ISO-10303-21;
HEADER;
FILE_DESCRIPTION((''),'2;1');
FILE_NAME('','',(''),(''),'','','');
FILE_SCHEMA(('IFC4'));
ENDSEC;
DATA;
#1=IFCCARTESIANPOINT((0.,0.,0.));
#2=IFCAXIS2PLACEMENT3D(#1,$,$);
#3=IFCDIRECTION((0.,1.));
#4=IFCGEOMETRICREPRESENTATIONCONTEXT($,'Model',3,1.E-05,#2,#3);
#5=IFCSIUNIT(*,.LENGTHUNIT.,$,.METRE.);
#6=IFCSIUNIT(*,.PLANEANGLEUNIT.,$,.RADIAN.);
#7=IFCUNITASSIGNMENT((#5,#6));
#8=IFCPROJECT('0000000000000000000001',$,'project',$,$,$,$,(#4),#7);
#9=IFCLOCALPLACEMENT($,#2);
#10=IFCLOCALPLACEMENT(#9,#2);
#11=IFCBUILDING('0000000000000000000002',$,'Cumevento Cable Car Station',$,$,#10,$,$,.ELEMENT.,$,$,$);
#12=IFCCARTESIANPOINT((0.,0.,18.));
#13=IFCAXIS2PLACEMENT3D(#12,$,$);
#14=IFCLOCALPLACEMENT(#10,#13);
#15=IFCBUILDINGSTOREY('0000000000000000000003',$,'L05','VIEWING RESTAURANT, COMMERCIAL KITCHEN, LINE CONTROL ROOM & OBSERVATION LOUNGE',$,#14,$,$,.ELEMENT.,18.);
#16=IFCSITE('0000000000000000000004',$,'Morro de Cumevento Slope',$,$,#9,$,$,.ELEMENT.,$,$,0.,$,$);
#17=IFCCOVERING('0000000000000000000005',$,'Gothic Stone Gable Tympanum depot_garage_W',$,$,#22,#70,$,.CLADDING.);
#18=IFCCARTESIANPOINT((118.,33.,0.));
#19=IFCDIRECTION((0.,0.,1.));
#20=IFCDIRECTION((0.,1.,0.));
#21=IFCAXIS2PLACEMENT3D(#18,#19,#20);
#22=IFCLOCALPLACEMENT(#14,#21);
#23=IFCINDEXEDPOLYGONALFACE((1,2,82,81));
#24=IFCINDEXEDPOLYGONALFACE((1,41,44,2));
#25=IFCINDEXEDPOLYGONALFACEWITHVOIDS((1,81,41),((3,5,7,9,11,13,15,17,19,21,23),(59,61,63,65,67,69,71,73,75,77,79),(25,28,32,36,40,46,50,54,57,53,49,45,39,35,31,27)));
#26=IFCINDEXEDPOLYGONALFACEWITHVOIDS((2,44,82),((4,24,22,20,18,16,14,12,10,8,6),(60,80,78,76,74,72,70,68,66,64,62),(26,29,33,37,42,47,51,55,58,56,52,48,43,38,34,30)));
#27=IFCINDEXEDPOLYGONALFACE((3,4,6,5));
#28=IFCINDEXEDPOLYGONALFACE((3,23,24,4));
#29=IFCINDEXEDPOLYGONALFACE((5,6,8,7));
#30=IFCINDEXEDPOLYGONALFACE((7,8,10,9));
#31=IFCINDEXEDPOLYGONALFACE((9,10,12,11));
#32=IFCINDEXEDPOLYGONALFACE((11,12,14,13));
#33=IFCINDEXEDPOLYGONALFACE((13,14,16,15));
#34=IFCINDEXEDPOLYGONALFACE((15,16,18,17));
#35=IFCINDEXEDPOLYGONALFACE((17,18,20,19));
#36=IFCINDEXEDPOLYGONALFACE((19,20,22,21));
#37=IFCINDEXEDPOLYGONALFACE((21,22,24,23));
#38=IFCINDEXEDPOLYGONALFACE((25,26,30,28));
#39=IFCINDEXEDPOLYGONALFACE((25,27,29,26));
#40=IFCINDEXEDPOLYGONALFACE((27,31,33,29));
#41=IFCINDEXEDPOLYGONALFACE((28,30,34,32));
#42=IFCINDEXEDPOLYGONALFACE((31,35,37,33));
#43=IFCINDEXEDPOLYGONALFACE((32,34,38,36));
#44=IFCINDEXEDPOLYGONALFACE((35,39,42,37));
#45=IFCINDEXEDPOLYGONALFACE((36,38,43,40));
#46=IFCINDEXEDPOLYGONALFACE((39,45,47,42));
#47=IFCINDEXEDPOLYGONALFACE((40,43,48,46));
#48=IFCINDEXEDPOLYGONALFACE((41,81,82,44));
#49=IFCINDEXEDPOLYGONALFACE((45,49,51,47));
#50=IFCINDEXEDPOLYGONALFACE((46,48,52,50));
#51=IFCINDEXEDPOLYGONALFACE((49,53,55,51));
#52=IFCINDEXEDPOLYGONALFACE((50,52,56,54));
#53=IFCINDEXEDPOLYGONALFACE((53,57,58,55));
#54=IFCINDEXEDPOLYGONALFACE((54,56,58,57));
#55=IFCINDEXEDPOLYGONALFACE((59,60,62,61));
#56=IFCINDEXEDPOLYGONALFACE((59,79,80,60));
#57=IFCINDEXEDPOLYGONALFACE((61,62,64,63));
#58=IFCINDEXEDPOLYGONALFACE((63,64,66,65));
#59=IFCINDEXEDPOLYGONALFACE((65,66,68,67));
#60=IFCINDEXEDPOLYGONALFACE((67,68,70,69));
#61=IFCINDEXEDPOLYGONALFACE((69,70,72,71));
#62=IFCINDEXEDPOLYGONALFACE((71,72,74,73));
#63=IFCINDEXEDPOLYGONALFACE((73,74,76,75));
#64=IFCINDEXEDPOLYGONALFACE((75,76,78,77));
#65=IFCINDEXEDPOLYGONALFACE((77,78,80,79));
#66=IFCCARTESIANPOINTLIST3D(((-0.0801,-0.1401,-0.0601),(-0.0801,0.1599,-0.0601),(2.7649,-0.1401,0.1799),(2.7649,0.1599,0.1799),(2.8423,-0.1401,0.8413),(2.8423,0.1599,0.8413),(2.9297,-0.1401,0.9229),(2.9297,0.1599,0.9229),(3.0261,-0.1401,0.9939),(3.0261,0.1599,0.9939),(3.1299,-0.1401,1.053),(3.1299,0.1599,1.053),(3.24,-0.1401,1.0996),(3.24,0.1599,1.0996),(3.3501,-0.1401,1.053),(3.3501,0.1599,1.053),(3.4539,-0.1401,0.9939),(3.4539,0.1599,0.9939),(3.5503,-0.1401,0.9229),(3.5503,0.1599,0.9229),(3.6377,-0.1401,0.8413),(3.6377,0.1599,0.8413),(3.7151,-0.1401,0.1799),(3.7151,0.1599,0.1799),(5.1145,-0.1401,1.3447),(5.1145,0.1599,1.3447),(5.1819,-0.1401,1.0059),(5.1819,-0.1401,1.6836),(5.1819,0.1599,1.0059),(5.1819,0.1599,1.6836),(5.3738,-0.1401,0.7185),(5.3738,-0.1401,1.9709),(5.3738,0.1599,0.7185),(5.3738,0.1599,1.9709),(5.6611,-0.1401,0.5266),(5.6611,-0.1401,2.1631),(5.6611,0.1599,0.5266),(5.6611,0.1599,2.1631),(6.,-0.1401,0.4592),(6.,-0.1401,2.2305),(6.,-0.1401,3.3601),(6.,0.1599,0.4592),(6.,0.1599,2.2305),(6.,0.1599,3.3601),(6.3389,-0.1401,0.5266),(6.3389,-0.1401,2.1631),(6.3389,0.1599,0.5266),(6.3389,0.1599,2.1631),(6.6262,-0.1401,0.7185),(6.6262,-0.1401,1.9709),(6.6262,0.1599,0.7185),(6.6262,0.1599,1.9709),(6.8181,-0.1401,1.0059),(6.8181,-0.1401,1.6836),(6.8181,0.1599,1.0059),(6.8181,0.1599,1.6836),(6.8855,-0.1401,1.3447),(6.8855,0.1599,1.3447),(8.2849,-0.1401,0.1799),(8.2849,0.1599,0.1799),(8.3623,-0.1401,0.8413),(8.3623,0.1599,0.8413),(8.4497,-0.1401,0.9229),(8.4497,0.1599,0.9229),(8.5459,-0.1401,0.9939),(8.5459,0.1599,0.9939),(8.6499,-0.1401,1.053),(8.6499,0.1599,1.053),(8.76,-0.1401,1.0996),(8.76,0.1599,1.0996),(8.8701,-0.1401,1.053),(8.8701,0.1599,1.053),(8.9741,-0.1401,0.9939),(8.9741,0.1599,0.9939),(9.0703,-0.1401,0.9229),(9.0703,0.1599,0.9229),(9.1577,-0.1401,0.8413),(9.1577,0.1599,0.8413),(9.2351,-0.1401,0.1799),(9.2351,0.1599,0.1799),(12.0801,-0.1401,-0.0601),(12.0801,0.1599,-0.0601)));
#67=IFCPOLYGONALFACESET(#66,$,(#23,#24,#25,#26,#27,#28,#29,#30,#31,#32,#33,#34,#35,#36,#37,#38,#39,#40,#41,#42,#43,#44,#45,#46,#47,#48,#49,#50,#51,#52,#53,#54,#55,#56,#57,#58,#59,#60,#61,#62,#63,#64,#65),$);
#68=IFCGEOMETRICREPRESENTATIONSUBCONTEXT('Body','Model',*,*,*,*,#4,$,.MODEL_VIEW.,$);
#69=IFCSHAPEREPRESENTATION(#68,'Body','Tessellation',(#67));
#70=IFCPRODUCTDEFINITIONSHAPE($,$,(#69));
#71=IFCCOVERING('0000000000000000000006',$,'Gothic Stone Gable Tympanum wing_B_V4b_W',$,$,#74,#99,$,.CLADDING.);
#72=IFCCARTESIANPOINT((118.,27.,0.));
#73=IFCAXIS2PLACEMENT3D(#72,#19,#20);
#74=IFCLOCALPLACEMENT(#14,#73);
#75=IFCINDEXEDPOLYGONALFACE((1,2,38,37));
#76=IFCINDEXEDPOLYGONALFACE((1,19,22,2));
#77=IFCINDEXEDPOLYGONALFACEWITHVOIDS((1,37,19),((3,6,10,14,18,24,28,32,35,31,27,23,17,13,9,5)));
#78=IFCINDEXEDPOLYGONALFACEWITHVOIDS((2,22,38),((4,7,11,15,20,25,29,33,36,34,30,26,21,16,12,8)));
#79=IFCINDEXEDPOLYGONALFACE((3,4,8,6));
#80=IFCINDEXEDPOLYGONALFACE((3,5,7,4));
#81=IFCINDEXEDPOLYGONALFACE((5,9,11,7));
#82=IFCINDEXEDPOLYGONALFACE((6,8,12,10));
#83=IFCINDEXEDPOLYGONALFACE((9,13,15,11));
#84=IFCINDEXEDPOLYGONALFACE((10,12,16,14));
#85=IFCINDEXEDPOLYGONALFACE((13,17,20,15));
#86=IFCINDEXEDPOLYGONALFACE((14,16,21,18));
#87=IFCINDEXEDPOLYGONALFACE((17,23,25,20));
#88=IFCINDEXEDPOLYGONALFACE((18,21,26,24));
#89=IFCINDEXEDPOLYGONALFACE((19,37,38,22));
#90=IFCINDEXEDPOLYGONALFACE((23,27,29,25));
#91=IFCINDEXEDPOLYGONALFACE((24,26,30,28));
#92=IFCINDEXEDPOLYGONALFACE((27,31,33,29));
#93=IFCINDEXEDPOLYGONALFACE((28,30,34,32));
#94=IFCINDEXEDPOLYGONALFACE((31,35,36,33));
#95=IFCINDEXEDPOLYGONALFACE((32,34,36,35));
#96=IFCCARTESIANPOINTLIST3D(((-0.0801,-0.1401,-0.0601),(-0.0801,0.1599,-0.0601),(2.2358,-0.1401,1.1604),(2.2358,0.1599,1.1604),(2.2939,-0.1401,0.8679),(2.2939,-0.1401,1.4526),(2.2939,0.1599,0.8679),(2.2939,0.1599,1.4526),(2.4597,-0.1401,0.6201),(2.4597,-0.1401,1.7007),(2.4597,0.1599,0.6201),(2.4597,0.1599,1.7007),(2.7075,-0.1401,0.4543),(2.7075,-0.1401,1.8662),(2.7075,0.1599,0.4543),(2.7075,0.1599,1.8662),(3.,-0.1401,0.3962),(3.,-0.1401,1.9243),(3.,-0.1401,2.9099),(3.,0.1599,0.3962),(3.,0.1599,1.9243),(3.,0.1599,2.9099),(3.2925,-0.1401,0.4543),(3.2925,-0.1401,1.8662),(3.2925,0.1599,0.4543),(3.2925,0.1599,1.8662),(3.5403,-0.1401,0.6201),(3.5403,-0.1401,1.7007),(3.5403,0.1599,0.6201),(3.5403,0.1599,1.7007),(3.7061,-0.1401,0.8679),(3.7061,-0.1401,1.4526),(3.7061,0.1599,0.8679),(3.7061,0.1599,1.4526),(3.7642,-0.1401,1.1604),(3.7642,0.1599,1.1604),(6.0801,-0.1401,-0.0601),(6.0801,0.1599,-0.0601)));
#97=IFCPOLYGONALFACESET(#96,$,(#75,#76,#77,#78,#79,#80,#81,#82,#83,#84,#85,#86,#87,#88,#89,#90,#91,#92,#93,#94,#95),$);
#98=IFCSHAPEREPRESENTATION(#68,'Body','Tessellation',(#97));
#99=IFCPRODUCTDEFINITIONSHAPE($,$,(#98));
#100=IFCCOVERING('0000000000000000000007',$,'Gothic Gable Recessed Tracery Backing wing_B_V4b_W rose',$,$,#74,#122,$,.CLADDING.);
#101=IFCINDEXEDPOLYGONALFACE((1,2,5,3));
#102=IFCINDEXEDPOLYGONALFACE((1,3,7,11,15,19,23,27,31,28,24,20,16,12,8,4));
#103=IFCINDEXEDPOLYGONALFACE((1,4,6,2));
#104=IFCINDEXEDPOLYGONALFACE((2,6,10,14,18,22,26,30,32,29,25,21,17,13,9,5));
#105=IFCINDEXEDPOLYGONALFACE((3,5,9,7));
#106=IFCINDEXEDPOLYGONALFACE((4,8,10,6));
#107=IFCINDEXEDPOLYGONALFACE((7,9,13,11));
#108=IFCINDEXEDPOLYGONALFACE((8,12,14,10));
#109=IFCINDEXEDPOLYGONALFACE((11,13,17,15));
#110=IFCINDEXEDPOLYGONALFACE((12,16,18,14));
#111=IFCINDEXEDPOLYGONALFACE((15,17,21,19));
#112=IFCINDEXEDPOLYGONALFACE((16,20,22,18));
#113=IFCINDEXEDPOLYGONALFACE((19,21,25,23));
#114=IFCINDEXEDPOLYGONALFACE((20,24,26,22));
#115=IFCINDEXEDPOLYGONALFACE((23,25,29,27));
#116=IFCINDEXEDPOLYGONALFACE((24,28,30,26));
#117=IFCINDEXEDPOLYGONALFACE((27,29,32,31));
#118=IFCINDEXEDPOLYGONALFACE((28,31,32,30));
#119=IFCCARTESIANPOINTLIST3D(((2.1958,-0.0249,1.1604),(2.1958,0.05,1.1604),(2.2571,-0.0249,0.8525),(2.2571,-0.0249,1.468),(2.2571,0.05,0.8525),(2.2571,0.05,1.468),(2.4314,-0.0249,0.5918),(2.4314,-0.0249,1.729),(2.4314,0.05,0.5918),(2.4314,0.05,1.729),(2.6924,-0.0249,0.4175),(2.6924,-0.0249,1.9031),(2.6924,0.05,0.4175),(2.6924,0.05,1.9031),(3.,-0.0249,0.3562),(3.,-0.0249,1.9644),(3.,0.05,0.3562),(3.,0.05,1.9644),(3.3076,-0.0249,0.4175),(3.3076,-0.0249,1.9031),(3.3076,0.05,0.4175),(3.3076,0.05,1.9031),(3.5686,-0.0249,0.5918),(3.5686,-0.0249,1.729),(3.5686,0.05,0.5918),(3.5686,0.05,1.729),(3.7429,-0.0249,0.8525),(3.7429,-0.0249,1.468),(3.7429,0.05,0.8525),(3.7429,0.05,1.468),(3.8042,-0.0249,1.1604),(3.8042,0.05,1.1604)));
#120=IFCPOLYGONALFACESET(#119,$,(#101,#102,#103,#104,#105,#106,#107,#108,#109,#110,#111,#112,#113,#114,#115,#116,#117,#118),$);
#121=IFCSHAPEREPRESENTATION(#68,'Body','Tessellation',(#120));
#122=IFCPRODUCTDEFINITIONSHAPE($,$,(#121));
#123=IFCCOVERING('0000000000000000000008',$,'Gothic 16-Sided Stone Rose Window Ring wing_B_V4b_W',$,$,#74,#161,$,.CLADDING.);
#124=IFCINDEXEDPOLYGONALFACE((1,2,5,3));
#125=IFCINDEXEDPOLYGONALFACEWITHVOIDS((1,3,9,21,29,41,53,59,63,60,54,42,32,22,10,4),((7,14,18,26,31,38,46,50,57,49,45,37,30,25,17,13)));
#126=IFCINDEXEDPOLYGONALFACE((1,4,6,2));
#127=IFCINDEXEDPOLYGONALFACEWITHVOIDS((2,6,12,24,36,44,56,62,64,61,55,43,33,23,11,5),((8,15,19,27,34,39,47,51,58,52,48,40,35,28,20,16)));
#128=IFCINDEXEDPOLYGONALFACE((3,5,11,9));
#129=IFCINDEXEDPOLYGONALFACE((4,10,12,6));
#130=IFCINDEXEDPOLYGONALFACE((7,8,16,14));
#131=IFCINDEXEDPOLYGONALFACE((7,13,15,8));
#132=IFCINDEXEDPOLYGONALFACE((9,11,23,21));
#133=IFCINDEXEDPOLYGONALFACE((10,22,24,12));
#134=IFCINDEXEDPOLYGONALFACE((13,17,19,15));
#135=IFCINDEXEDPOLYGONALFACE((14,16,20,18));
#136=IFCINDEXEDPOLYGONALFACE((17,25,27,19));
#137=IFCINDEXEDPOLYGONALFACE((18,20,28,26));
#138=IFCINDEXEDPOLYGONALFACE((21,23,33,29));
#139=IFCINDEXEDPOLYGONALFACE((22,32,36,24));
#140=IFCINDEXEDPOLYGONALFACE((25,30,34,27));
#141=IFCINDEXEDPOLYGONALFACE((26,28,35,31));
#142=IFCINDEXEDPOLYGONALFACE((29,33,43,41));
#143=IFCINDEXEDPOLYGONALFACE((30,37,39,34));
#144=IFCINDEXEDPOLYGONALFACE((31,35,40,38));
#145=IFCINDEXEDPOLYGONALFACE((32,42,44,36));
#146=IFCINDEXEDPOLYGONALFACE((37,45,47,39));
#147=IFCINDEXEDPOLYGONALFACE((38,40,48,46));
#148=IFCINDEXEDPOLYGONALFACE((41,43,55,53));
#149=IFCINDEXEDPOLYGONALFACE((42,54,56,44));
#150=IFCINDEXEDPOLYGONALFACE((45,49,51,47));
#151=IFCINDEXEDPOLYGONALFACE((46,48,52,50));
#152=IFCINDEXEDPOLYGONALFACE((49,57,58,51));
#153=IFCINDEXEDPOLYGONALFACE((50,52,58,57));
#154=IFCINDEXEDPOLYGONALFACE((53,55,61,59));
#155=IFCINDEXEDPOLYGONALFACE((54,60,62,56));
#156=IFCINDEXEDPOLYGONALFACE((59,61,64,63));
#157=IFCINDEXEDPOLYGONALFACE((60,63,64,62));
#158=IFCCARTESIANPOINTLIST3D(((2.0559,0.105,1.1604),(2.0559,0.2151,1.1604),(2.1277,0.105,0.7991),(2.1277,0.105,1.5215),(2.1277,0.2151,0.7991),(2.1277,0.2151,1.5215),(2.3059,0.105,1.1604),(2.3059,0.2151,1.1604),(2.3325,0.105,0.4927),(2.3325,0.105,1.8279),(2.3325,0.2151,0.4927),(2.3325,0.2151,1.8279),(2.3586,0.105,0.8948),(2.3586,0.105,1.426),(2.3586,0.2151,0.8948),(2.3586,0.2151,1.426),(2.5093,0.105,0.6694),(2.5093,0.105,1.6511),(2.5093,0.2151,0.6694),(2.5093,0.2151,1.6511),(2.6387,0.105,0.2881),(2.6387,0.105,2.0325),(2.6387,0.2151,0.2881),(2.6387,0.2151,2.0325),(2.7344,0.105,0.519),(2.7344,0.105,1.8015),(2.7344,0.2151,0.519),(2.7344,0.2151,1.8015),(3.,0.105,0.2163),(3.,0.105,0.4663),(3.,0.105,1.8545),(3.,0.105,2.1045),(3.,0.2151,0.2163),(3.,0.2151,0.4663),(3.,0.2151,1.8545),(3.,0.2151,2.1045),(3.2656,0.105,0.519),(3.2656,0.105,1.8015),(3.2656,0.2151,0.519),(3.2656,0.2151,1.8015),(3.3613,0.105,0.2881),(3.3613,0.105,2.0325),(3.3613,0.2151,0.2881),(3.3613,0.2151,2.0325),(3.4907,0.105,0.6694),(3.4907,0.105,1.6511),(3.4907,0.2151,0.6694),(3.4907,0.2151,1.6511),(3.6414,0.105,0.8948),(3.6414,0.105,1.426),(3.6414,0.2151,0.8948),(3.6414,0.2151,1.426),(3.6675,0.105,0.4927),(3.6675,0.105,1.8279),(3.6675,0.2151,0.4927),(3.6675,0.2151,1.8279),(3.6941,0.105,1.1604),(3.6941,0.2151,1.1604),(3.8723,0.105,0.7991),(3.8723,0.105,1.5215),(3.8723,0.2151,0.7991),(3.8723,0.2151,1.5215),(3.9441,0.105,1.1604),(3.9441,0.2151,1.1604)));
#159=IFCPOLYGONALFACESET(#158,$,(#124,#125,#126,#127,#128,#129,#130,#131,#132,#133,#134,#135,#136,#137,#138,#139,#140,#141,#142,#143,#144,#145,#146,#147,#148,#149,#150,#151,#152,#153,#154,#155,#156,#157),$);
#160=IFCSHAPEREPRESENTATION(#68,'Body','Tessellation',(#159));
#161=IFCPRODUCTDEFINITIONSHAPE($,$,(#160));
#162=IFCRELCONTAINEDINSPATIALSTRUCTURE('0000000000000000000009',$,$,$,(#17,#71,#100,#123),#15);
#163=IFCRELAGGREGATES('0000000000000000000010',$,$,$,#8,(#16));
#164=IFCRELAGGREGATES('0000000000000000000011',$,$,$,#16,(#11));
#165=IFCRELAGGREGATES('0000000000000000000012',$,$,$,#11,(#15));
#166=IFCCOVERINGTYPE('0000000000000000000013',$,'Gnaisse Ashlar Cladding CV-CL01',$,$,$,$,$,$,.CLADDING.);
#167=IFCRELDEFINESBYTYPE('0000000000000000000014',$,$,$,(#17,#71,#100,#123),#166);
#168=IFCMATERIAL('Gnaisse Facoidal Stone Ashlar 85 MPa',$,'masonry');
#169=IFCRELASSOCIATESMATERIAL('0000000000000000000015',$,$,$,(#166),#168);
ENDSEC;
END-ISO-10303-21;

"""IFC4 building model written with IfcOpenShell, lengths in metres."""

from ifc_helpers import new_model, si_unit, direction, frame, origin, place, context, subcontext, project, spatial, polyline, outline, extrude, material, type_object, element, save


model = new_model("IFC4")

# Units and contexts
model_context = context("Model", 3, precision=1e-05, world=origin(), true_north=direction((0.0, 1.0)))
body_context = subcontext(model_context, "Body", "Model", "MODEL_VIEW")
ifc_project = project(units=[si_unit("LENGTHUNIT", "METRE"), si_unit("PLANEANGLEUNIT", "RADIAN")], contexts=[model_context])

# Site, building, storey
site_placement = place(None, origin())
site = spatial("IfcSite", under=ifc_project, at=site_placement, Name="Morro de Cumevento Slope", CompositionType="ELEMENT", RefElevation=0.0)
building_placement = place(site_placement, origin())
building = spatial("IfcBuilding", under=site, at=building_placement, Name="Cumevento Cable Car Station", CompositionType="ELEMENT")
storey_placement = place(building_placement, frame((0.0, 0.0, 18.0)))
storey = spatial("IfcBuildingStorey", under=building, at=storey_placement, Name="L05", Description="VIEWING RESTAURANT, COMMERCIAL KITCHEN, LINE CONTROL ROOM & OBSERVATION LOUNGE", CompositionType="ELEMENT", Elevation=18.0)

# Coverings
ifc_material_1 = material(Name="Gnaisse Facoidal Stone Ashlar 85 MPa", Category="masonry")
covering_type_1 = type_object("IfcCoveringType", Name="Gnaisse Ashlar Cladding CV-CL01", PredefinedType="CLADDING", material=ifc_material_1)
covering_1_placement = place(storey_placement, frame((118.0, 33.0, 0.0), z_axis=(0.0, 0.0, 1.0), x_axis=(0.0, 1.0, 0.0)))
element("IfcCovering", 1, at=covering_1_placement, inside=storey, type_object=covering_type_1, Name="Gothic Stone Gable Tympanum depot_garage_W", PredefinedType="CLADDING", context=body_context, shape_type="SweptSolid", body=[
    extrude(outline(polyline([(-0.0801, -0.0601), (12.0801, -0.0601), (6.0, 3.3601), (-0.0801, -0.0601)]), holes=[polyline([(6.8855, 1.3447), (6.8181, 1.6836), (6.6262, 1.9709), (6.3389, 2.1631), (6.0, 2.2305), (5.6611, 2.1631), (5.3738, 1.9709), (5.1819, 1.6836), (5.1145, 1.3447), (5.1819, 1.0059), (5.3738, 0.7185), (5.6611, 0.5266), (6.0, 0.4592), (6.3389, 0.5266), (6.6262, 0.7185), (6.8181, 1.0059), (6.8855, 1.3447)]), polyline([(2.7649, 0.1799), (3.7151, 0.1799), (3.6377, 0.8413), (3.5503, 0.9229), (3.4539, 0.9939), (3.3501, 1.053), (3.24, 1.0996), (3.1299, 1.053), (3.0261, 0.9939), (2.9297, 0.9229), (2.8423, 0.8413), (2.7649, 0.1799)]), polyline([(8.2849, 0.1799), (9.2351, 0.1799), (9.1577, 0.8413), (9.0703, 0.9229), (8.9741, 0.9939), (8.8701, 1.053), (8.76, 1.0996), (8.6499, 1.053), (8.5459, 0.9939), (8.4497, 0.9229), (8.3623, 0.8413), (8.2849, 0.1799)])]), frame((0.0, 0.1599, 0.0), z_axis=(0.0, -1.0, 0.0), x_axis=(1.0, 0.0, 0.0)), (0.0, 0.0, 1.0), 0.3),
])
placement = place(storey_placement, frame((118.0, 27.0, 0.0), z_axis=(0.0, 0.0, 1.0), x_axis=(0.0, 1.0, 0.0)))
element("IfcCovering", 2, at=placement, inside=storey, type_object=covering_type_1, Name="Gothic Stone Gable Tympanum wing_B_V4b_W", PredefinedType="CLADDING", context=body_context, shape_type="SweptSolid", body=[
    extrude(outline(polyline([(-0.0801, -0.0601), (6.0801, -0.0601), (3.0, 2.9099), (-0.0801, -0.0601)]), holes=[polyline([(3.7642, 1.1604), (3.7061, 1.4526), (3.5403, 1.7007), (3.2925, 1.8662), (3.0, 1.9243), (2.7075, 1.8662), (2.4597, 1.7007), (2.2939, 1.4526), (2.2358, 1.1604), (2.2939, 0.8679), (2.4597, 0.6201), (2.7075, 0.4543), (3.0, 0.3962), (3.2925, 0.4543), (3.5403, 0.6201), (3.7061, 0.8679), (3.7642, 1.1604)])]), frame((0.0, 0.1599, 0.0), z_axis=(0.0, -1.0, 0.0), x_axis=(1.0, 0.0, 0.0)), (0.0, 0.0, 1.0), 0.3),
])
element("IfcCovering", 3, at=placement, inside=storey, type_object=covering_type_1, Name="Gothic Gable Recessed Tracery Backing wing_B_V4b_W rose", PredefinedType="CLADDING", context=body_context, shape_type="SweptSolid", body=[
    extrude(outline(polyline([(3.8042, 1.1604), (3.7429, 1.468), (3.5686, 1.729), (3.3076, 1.9031), (3.0, 1.9644), (2.6924, 1.9031), (2.4314, 1.729), (2.2571, 1.468), (2.1958, 1.1604), (2.2571, 0.8525), (2.4314, 0.5918), (2.6924, 0.4175), (3.0, 0.3562), (3.3076, 0.4175), (3.5686, 0.5918), (3.7429, 0.8525), (3.8042, 1.1604)])), frame((0.0, 0.05, 0.0), z_axis=(0.0, -1.0, 0.0), x_axis=(1.0, 0.0, 0.0)), (0.0, 0.0, 1.0), 0.075),
])
element("IfcCovering", 4, at=placement, inside=storey, type_object=covering_type_1, Name="Gothic 16-Sided Stone Rose Window Ring wing_B_V4b_W", PredefinedType="CLADDING", context=body_context, shape_type="SweptSolid", body=[
    extrude(outline(polyline([(3.9441, 1.1604), (3.8723, 1.5215), (3.6675, 1.8279), (3.3613, 2.0325), (3.0, 2.1045), (2.6387, 2.0325), (2.3325, 1.8279), (2.1277, 1.5215), (2.0559, 1.1604), (2.1277, 0.7991), (2.3325, 0.4927), (2.6387, 0.2881), (3.0, 0.2163), (3.3613, 0.2881), (3.6675, 0.4927), (3.8723, 0.7991), (3.9441, 1.1604)]), holes=[polyline([(3.6941, 1.1604), (3.6414, 1.426), (3.4907, 1.6511), (3.2656, 1.8015), (3.0, 1.8545), (2.7344, 1.8015), (2.5093, 1.6511), (2.3586, 1.426), (2.3059, 1.1604), (2.3586, 0.8948), (2.5093, 0.6694), (2.7344, 0.519), (3.0, 0.4663), (3.2656, 0.519), (3.4907, 0.6694), (3.6414, 0.8948), (3.6941, 1.1604)])]), frame((0.0, 0.2151, 0.0), z_axis=(0.0, -1.0, 0.0), x_axis=(1.0, 0.0, 0.0)), (0.0, 0.0, 1.0), 0.1101),
])

save(model, "model.ifc")
